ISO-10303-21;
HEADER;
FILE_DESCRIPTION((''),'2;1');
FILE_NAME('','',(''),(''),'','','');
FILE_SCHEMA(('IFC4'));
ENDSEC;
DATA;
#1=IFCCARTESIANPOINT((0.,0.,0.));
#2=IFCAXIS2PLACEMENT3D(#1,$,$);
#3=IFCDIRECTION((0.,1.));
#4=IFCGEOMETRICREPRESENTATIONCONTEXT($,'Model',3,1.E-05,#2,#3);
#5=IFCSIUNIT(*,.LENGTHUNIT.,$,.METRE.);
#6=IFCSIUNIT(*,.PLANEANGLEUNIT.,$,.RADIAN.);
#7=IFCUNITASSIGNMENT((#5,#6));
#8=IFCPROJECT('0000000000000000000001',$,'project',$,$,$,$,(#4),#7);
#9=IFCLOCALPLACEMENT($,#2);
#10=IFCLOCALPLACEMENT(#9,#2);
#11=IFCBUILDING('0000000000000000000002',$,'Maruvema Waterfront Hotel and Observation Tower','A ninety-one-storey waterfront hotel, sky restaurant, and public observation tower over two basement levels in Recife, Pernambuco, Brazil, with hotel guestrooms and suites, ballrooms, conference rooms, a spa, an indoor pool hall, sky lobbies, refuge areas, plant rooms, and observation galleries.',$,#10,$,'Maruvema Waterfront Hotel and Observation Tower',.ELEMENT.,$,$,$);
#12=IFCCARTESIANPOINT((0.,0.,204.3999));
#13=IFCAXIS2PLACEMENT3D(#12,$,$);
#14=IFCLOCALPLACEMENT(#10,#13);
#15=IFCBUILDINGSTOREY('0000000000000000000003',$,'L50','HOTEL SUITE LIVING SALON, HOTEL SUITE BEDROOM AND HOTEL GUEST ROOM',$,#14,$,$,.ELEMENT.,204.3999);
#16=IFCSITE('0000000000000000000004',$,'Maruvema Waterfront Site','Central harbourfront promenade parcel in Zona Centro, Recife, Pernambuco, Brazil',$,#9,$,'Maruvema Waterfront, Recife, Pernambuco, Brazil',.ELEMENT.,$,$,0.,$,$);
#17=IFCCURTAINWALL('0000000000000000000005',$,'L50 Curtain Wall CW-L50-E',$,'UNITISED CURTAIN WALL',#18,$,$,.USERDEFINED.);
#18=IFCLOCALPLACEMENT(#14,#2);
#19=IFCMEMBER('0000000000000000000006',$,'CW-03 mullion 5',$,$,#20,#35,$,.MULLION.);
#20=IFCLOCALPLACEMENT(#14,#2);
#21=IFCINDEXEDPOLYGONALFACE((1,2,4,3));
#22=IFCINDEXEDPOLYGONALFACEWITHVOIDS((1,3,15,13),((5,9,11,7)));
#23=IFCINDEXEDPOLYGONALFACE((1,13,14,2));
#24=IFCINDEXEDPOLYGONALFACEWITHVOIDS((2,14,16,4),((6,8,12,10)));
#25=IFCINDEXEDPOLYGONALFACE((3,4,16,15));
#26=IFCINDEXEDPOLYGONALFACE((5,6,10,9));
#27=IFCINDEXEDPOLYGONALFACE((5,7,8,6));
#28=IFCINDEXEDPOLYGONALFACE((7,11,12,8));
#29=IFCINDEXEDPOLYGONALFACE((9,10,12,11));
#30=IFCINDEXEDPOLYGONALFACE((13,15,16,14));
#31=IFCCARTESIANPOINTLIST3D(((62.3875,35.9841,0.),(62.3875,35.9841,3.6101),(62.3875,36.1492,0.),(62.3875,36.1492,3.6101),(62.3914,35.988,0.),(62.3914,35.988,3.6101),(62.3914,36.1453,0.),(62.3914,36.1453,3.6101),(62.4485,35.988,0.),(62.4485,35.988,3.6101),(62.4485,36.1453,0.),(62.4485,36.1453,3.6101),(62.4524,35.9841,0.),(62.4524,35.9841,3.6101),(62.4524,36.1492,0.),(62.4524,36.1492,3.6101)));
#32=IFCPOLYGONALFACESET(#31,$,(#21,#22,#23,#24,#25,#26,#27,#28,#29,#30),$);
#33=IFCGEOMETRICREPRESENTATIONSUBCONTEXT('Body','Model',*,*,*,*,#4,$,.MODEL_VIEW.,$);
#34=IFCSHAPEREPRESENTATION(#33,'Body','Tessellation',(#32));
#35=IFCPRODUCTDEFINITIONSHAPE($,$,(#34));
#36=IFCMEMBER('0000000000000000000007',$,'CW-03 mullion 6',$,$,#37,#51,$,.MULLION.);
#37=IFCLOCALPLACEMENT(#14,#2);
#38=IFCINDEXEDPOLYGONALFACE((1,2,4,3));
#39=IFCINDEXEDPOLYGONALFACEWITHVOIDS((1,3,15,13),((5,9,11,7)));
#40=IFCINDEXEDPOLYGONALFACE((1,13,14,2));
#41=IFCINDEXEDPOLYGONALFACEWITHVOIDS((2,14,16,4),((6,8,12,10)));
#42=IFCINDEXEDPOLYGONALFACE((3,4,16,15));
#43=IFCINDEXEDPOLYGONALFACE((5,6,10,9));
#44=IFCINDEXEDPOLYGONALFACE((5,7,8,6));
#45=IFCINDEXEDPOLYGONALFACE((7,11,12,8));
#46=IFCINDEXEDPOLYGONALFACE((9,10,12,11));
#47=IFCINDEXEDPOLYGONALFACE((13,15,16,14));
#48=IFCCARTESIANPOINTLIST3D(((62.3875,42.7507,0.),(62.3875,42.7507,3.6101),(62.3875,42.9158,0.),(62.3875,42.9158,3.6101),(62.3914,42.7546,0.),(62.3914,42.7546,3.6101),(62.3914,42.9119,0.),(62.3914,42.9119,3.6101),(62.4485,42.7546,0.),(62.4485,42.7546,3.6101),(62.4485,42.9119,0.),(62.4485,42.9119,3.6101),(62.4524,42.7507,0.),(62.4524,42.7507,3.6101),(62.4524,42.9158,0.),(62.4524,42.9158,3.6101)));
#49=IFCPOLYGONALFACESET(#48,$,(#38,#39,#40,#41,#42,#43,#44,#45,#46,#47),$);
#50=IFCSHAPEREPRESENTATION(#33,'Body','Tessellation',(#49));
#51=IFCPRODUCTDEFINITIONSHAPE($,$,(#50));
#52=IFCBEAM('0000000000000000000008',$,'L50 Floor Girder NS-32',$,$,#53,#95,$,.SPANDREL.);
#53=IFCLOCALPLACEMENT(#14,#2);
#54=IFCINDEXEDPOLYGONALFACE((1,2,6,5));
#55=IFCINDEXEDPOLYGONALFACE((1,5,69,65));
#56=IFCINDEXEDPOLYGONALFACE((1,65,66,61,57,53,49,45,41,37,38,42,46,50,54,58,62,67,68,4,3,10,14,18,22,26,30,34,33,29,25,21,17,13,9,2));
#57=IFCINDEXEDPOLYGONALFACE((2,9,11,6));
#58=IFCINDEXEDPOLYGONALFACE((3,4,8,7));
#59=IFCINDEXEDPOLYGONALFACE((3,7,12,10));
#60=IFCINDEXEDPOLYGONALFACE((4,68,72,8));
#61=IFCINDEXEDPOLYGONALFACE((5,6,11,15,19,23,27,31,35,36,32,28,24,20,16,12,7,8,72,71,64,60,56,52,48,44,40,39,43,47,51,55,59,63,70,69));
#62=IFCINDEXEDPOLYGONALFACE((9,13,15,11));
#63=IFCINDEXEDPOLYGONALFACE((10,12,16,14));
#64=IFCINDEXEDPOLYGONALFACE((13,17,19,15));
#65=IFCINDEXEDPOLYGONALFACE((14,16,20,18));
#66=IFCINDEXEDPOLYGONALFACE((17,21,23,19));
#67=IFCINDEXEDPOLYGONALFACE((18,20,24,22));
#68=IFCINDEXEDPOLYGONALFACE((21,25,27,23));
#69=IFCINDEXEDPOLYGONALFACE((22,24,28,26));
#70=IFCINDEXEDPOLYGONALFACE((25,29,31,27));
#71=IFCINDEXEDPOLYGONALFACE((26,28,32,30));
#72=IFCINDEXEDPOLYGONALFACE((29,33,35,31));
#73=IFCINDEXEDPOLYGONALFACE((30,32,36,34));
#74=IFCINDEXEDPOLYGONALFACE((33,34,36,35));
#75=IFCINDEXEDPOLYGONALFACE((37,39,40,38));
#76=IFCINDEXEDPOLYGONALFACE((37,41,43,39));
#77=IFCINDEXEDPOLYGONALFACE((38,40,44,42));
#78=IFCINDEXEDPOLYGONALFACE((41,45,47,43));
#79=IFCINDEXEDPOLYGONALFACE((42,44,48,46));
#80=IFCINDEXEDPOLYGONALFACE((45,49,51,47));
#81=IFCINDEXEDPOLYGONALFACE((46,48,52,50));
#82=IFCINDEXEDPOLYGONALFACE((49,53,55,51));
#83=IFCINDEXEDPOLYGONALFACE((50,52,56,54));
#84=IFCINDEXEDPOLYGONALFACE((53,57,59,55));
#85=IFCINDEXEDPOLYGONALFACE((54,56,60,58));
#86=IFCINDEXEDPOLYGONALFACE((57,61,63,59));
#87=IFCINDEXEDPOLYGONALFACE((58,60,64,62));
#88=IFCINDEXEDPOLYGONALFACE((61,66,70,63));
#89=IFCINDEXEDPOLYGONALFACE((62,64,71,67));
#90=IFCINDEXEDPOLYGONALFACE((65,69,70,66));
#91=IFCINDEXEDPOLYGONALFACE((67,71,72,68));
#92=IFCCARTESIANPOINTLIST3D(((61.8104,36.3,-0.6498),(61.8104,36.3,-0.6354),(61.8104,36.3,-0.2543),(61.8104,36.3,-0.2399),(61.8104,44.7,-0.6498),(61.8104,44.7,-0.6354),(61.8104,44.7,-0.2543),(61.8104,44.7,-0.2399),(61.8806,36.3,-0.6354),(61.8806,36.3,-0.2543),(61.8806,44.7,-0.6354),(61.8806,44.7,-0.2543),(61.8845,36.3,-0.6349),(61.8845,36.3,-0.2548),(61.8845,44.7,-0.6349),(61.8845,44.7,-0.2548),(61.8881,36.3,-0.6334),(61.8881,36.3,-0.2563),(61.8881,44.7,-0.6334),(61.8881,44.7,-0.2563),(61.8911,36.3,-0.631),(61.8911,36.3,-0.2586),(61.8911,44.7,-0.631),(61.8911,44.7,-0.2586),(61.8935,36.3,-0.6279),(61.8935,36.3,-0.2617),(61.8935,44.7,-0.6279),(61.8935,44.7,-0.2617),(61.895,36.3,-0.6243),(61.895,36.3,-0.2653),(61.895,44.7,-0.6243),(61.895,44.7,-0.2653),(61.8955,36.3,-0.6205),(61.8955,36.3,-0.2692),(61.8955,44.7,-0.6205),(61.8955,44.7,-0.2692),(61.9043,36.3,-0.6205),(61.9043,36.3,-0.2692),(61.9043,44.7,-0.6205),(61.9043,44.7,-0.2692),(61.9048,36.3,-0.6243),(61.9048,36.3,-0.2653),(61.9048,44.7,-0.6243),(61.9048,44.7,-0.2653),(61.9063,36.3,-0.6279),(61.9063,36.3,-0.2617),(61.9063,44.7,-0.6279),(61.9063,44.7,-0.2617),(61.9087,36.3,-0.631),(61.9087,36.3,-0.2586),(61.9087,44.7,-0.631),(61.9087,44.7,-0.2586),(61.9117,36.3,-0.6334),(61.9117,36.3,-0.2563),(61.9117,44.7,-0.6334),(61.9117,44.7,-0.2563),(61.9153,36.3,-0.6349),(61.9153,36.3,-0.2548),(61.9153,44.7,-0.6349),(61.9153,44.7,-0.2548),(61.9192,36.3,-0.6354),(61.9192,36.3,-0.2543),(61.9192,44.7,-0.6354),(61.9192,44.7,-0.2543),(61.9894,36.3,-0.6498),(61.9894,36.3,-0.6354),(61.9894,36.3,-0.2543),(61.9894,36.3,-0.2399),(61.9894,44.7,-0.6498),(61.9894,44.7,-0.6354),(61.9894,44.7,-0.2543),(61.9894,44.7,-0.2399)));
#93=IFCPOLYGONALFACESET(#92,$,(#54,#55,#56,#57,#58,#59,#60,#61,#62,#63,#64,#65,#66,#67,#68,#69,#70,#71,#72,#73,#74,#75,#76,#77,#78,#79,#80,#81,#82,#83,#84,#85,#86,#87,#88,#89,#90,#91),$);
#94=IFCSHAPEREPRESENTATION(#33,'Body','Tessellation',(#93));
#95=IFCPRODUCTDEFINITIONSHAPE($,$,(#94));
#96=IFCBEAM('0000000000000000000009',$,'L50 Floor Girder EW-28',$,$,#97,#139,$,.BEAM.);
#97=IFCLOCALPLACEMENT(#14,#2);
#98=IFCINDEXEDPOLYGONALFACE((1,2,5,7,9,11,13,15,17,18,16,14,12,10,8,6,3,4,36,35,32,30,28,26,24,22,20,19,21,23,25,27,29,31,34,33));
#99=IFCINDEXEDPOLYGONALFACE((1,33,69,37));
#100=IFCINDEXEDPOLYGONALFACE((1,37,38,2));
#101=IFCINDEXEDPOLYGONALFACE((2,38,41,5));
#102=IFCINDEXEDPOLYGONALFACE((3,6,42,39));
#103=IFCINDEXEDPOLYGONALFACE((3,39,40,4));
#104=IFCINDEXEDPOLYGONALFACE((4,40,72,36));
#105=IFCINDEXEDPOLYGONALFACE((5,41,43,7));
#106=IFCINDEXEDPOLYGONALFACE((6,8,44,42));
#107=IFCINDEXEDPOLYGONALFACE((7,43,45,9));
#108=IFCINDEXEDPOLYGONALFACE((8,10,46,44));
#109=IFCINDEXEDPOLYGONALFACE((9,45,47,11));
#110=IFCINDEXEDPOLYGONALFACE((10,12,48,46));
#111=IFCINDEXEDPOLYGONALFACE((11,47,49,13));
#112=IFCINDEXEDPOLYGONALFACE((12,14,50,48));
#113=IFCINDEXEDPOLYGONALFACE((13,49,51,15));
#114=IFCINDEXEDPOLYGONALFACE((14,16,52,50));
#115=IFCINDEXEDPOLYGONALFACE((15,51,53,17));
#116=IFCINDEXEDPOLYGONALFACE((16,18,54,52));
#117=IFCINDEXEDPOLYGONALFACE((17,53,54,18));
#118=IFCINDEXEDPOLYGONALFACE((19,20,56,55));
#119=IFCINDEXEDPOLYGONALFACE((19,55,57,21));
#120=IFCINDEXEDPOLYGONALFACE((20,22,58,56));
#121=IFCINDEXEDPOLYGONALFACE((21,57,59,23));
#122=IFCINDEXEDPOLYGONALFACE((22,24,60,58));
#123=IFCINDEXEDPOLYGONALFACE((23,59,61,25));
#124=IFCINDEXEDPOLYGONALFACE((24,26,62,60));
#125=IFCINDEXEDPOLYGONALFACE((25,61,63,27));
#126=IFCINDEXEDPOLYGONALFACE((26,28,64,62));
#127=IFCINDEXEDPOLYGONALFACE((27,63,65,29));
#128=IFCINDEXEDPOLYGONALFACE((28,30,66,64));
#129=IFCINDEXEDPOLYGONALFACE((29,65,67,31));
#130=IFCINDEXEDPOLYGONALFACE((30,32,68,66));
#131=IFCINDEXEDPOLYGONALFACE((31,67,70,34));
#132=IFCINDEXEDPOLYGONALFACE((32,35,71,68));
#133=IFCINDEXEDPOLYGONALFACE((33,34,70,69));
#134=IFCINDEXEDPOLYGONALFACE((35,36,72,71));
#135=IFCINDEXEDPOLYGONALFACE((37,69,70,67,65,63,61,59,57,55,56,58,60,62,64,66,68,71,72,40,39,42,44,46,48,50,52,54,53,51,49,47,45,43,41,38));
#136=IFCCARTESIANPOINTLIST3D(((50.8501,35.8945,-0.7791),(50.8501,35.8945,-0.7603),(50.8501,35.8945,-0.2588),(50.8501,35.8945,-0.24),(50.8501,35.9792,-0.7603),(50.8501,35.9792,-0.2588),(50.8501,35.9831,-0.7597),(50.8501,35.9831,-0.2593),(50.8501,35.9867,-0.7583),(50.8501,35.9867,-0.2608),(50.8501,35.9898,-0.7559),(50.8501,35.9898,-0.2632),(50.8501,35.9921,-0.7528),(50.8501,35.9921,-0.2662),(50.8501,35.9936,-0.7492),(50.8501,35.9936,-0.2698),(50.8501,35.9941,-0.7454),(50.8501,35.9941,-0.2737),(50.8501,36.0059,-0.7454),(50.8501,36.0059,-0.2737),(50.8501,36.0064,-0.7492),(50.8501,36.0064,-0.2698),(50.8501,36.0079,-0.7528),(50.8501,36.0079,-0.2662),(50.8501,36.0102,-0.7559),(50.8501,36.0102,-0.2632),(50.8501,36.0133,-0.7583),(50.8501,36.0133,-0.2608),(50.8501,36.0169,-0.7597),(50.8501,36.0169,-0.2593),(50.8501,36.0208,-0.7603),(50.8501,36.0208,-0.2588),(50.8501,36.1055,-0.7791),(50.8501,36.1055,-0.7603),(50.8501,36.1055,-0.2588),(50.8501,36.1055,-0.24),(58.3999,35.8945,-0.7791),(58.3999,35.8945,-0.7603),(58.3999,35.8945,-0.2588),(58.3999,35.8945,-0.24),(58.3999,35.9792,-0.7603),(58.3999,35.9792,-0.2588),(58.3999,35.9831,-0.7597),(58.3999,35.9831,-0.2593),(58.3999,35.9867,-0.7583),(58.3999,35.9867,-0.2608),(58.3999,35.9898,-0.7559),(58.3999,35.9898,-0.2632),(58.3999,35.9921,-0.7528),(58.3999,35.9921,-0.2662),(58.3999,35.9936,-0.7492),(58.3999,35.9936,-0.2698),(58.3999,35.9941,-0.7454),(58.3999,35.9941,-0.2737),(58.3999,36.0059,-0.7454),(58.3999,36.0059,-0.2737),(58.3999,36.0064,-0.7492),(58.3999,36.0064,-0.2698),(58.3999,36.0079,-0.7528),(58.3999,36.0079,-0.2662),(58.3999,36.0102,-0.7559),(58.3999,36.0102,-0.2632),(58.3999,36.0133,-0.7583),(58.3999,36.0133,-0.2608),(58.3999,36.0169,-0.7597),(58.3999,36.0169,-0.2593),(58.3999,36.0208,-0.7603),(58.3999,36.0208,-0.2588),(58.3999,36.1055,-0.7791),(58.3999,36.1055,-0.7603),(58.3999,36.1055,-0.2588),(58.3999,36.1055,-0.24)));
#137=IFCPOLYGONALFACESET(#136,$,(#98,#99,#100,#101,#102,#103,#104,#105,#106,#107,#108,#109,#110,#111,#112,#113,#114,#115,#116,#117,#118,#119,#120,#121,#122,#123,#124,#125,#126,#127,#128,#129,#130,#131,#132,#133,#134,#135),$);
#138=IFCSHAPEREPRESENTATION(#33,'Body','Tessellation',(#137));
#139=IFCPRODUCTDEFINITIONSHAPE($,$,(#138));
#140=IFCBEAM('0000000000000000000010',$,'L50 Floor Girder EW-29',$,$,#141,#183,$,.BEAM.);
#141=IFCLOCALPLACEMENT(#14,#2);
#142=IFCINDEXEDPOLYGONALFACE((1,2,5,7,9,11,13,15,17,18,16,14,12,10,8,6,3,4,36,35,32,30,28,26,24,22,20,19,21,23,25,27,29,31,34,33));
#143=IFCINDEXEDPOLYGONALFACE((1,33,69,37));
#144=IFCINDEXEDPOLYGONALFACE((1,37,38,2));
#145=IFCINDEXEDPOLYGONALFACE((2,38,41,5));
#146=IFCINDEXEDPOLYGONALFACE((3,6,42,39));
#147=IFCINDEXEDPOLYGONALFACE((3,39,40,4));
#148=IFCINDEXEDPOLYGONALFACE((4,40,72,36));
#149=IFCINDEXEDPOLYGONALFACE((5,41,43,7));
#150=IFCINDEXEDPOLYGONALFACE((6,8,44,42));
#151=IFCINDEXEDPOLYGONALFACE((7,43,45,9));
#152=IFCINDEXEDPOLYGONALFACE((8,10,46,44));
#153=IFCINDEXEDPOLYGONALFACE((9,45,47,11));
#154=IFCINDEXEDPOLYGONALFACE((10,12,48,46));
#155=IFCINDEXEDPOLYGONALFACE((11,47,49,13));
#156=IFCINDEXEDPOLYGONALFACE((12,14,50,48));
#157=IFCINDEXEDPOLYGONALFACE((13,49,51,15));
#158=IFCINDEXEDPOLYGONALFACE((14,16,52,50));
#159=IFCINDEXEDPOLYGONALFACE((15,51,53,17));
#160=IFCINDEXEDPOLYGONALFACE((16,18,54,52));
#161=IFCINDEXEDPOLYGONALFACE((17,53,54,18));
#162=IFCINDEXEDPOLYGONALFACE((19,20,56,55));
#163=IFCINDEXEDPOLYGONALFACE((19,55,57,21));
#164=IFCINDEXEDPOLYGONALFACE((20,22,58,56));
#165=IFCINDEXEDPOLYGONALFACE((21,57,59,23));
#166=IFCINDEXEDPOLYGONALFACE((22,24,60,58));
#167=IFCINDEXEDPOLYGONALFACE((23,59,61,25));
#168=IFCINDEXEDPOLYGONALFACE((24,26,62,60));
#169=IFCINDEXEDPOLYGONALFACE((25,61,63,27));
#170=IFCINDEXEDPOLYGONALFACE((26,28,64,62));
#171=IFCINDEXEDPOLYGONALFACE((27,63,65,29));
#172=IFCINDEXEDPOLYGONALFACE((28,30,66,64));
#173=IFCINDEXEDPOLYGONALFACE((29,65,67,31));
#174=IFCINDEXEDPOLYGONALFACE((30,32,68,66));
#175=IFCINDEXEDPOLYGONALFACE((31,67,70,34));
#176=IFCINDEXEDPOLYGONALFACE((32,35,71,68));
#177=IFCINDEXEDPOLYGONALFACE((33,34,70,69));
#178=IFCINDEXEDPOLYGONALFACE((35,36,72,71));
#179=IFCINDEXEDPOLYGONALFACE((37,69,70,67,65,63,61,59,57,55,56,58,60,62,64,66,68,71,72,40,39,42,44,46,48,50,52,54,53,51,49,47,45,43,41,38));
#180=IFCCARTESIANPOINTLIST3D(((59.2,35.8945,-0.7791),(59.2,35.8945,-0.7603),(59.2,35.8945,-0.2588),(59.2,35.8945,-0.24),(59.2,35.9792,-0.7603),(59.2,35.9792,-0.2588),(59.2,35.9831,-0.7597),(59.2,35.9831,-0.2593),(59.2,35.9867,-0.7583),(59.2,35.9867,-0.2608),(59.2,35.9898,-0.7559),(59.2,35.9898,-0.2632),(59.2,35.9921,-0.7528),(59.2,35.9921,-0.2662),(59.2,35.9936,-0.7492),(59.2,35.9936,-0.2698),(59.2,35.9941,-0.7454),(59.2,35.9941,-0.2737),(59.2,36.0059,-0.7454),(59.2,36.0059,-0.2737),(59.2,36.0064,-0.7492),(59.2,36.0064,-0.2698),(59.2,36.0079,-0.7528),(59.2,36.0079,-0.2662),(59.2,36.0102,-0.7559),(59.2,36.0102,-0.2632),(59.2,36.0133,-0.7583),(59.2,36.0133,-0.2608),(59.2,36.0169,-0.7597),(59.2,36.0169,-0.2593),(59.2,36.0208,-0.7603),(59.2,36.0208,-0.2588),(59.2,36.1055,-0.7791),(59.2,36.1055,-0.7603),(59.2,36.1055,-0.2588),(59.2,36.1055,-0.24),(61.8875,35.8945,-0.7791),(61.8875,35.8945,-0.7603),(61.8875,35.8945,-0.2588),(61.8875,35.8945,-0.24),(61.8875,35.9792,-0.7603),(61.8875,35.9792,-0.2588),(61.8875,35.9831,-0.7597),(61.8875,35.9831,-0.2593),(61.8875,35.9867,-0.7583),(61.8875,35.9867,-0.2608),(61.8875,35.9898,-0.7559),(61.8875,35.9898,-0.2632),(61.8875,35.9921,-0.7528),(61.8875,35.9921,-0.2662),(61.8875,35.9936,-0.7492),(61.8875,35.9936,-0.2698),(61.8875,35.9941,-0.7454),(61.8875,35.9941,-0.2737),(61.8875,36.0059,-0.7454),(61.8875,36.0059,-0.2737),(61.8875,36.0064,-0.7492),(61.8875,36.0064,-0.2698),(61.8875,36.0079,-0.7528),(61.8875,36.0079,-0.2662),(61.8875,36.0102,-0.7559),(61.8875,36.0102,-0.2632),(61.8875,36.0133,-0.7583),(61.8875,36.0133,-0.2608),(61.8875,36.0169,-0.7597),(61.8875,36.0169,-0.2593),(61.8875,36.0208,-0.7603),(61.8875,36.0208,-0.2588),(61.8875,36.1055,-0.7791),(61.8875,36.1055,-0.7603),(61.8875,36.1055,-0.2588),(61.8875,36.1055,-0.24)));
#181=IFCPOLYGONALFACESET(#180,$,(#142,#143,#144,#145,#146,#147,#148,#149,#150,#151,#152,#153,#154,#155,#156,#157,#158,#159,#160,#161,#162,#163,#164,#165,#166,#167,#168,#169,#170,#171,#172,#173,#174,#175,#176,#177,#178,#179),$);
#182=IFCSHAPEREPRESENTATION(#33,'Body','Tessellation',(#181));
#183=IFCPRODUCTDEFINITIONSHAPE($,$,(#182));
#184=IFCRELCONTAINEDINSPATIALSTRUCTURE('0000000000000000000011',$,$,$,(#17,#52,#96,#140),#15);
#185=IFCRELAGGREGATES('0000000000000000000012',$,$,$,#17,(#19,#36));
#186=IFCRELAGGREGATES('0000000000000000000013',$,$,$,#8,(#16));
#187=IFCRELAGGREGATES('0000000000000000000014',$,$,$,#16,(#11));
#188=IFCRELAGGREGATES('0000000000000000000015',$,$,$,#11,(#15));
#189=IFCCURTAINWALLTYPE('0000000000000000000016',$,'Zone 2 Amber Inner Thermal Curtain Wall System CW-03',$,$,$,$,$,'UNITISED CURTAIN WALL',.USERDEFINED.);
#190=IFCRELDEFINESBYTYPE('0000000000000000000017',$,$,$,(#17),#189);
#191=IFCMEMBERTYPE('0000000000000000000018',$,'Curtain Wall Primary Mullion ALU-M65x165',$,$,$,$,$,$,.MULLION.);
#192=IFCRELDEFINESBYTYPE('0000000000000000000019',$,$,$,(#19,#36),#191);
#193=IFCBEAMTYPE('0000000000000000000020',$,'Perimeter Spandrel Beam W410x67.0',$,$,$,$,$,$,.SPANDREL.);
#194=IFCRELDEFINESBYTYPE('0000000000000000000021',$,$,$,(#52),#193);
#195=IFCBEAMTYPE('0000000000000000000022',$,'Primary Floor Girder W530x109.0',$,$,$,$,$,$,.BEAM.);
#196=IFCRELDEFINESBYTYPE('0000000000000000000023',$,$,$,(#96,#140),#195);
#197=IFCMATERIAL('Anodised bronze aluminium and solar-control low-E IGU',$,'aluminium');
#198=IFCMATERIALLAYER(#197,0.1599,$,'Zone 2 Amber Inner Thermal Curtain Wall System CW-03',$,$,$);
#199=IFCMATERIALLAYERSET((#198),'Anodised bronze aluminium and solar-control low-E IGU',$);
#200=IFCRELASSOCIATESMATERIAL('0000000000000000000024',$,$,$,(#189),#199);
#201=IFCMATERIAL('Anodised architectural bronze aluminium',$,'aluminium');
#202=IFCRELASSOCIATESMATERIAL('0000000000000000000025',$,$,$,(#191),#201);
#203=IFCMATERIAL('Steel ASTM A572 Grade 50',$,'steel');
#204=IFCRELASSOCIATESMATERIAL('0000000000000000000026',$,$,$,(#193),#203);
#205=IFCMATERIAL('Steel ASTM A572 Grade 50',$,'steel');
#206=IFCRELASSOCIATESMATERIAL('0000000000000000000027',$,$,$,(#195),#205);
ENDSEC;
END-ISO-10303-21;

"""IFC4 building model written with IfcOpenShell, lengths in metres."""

from ifc_helpers import new_model, si_unit, direction, frame, origin, origin_2d, place, context, subcontext, project, spatial, hollow_rectangle, i_section, extrude, material, layer, layer_set, material_profile, profile_set, type_object, element, aggregate, save


model = new_model("IFC4")

# Units and contexts
model_context = context("Model", 3, precision=1e-05, world=origin(), true_north=direction((0.0, 1.0)))
body_context = subcontext(model_context, "Body", "Model", "MODEL_VIEW")
ifc_project = project(units=[si_unit("LENGTHUNIT", "METRE"), si_unit("PLANEANGLEUNIT", "RADIAN")], contexts=[model_context])

# Site, building, storey
site_placement = place(None, origin())
site = spatial("IfcSite", under=ifc_project, at=site_placement, Name="Maruvema Waterfront Site", Description="Central harbourfront promenade parcel in Zona Centro, Recife, Pernambuco, Brazil", LongName="Maruvema Waterfront, Recife, Pernambuco, Brazil", CompositionType="ELEMENT", RefElevation=0.0)
building_placement = place(site_placement, origin())
building = spatial("IfcBuilding", under=site, at=building_placement, Name="Maruvema Waterfront Hotel and Observation Tower", Description="A ninety-one-storey waterfront hotel, sky restaurant, and public observation tower over two basement levels in Recife, Pernambuco, Brazil, with hotel guestrooms and suites, ballrooms, conference rooms, a spa, an indoor pool hall, sky lobbies, refuge areas, plant rooms, and observation galleries.", LongName="Maruvema Waterfront Hotel and Observation Tower", CompositionType="ELEMENT")
storey_placement = place(building_placement, frame((0.0, 0.0, 204.3999)))
storey = spatial("IfcBuildingStorey", under=building, at=storey_placement, Name="L50", Description="HOTEL SUITE LIVING SALON, HOTEL SUITE BEDROOM AND HOTEL GUEST ROOM", CompositionType="ELEMENT", Elevation=204.3999)

# Curtain wall, members
ifc_material_1 = material(Name="Anodised bronze aluminium and solar-control low-E IGU", Category="aluminium")
ifc_layer_1 = layer(ifc_material_1, 0.1599, Name="Zone 2 Amber Inner Thermal Curtain Wall System CW-03")
ifc_layer_set_1 = layer_set([ifc_layer_1], Name="Anodised bronze aluminium and solar-control low-E IGU")
curtain_wall_type = type_object("IfcCurtainWallType", Name="Zone 2 Amber Inner Thermal Curtain Wall System CW-03", ElementType="UNITISED CURTAIN WALL", PredefinedType="USERDEFINED", material=ifc_layer_set_1)
curtain_wall_placement = place(storey_placement, origin())
curtain_wall = element("IfcCurtainWall", 1, at=curtain_wall_placement, inside=storey, type_object=curtain_wall_type, Name="L50 Curtain Wall CW-L50-E", ObjectType="UNITISED CURTAIN WALL", PredefinedType="USERDEFINED")
ifc_material_2 = material(Name="Anodised architectural bronze aluminium", Category="aluminium")
ifc_material_profile_1 = material_profile(ifc_material_2, hollow_rectangle(XDim=0.0649, YDim=0.165, WallThickness=0.0039, at=origin_2d()), Name="ALU-M65x165")
ifc_profile_set_1 = profile_set([ifc_material_profile_1], Name="Anodised architectural bronze aluminium")
member_type_1 = type_object("IfcMemberType", Name="Curtain Wall Primary Mullion ALU-M65x165", PredefinedType="MULLION", material=ifc_profile_set_1)
member_1_placement = place(storey_placement, frame((62.4199, 36.0667, 0.0), z_axis=(0.0, 0.0, 1.0), x_axis=(-1.0, 0.0, 0.0)))
member_1 = element("IfcMember", 2, at=member_1_placement, type_object=member_type_1, Name="CW-03 mullion 5", PredefinedType="MULLION", context=body_context, shape_type="SweptSolid", body=[
    extrude(hollow_rectangle(XDim=0.0649, YDim=0.165, WallThickness=0.0039, at=origin_2d()), origin(), (0.0, 0.0, 1.0), 3.6101),
])
member_2_placement = place(storey_placement, frame((62.4199, 42.8333, 0.0), z_axis=(0.0, 0.0, 1.0), x_axis=(-1.0, 0.0, 0.0)))
member_2 = element("IfcMember", 3, at=member_2_placement, type_object=member_type_1, Name="CW-03 mullion 6", PredefinedType="MULLION", context=body_context, shape_type="SweptSolid", body=[
    extrude(hollow_rectangle(XDim=0.0649, YDim=0.165, WallThickness=0.0039, at=origin_2d()), origin(), (0.0, 0.0, 1.0), 3.6101),
])

# Beams
ifc_material_3 = material(Name="Steel ASTM A572 Grade 50", Category="steel")
ifc_material_profile_2 = material_profile(ifc_material_3, i_section(OverallWidth=0.179, OverallDepth=0.4099, WebThickness=0.0088, FlangeThickness=0.0144, FilletRadius=0.0149, at=origin_2d()), Name="W410x67.0")
ifc_profile_set_2 = profile_set([ifc_material_profile_2], Name="Steel ASTM A572 Grade 50")
beam_type_1 = type_object("IfcBeamType", Name="Perimeter Spandrel Beam W410x67.0", PredefinedType="SPANDREL", material=ifc_profile_set_2)
beam_1_placement = place(storey_placement, frame((61.8999, 36.3, -0.4448), z_axis=(0.0, 1.0, 0.0), x_axis=(-1.0, 0.0, 0.0)))
element("IfcBeam", 4, at=beam_1_placement, inside=storey, type_object=beam_type_1, Name="L50 Floor Girder NS-32", PredefinedType="SPANDREL", context=body_context, shape_type="SweptSolid", body=[
    extrude(i_section(OverallWidth=0.179, OverallDepth=0.4099, WebThickness=0.0088, FlangeThickness=0.0144, FilletRadius=0.0149, at=origin_2d()), origin(), (0.0, 0.0, 1.0), 8.3999),
])
ifc_material_4 = material(Name="Steel ASTM A572 Grade 50", Category="steel")
ifc_material_profile_3 = material_profile(ifc_material_4, i_section(OverallWidth=0.2109, OverallDepth=0.5391, WebThickness=0.0117, FlangeThickness=0.0188, FilletRadius=0.0149, at=origin_2d()), Name="W530x109.0")
ifc_profile_set_3 = profile_set([ifc_material_profile_3], Name="Steel ASTM A572 Grade 50")
beam_type_2 = type_object("IfcBeamType", Name="Primary Floor Girder W530x109.0", PredefinedType="BEAM", material=ifc_profile_set_3)
beam_2_placement = place(storey_placement, frame((50.8501, 36.0, -0.5095), z_axis=(1.0, 0.0, 0.0), x_axis=(0.0, 1.0, 0.0)))
element("IfcBeam", 5, at=beam_2_placement, inside=storey, type_object=beam_type_2, Name="L50 Floor Girder EW-28", PredefinedType="BEAM", context=body_context, shape_type="SweptSolid", body=[
    extrude(i_section(OverallWidth=0.2109, OverallDepth=0.5391, WebThickness=0.0117, FlangeThickness=0.0188, FilletRadius=0.0149, at=origin_2d()), origin(), (0.0, 0.0, 1.0), 7.5498),
])
beam_3_placement = place(storey_placement, frame((59.2, 36.0, -0.5095), z_axis=(1.0, 0.0, 0.0), x_axis=(0.0, 1.0, 0.0)))
element("IfcBeam", 6, at=beam_3_placement, inside=storey, type_object=beam_type_2, Name="L50 Floor Girder EW-29", PredefinedType="BEAM", context=body_context, shape_type="SweptSolid", body=[
    extrude(i_section(OverallWidth=0.2109, OverallDepth=0.5391, WebThickness=0.0117, FlangeThickness=0.0188, FilletRadius=0.0149, at=origin_2d()), origin(), (0.0, 0.0, 1.0), 2.6875),
])

aggregate(curtain_wall, [member_1, member_2])

save(model, "model.ifc")
